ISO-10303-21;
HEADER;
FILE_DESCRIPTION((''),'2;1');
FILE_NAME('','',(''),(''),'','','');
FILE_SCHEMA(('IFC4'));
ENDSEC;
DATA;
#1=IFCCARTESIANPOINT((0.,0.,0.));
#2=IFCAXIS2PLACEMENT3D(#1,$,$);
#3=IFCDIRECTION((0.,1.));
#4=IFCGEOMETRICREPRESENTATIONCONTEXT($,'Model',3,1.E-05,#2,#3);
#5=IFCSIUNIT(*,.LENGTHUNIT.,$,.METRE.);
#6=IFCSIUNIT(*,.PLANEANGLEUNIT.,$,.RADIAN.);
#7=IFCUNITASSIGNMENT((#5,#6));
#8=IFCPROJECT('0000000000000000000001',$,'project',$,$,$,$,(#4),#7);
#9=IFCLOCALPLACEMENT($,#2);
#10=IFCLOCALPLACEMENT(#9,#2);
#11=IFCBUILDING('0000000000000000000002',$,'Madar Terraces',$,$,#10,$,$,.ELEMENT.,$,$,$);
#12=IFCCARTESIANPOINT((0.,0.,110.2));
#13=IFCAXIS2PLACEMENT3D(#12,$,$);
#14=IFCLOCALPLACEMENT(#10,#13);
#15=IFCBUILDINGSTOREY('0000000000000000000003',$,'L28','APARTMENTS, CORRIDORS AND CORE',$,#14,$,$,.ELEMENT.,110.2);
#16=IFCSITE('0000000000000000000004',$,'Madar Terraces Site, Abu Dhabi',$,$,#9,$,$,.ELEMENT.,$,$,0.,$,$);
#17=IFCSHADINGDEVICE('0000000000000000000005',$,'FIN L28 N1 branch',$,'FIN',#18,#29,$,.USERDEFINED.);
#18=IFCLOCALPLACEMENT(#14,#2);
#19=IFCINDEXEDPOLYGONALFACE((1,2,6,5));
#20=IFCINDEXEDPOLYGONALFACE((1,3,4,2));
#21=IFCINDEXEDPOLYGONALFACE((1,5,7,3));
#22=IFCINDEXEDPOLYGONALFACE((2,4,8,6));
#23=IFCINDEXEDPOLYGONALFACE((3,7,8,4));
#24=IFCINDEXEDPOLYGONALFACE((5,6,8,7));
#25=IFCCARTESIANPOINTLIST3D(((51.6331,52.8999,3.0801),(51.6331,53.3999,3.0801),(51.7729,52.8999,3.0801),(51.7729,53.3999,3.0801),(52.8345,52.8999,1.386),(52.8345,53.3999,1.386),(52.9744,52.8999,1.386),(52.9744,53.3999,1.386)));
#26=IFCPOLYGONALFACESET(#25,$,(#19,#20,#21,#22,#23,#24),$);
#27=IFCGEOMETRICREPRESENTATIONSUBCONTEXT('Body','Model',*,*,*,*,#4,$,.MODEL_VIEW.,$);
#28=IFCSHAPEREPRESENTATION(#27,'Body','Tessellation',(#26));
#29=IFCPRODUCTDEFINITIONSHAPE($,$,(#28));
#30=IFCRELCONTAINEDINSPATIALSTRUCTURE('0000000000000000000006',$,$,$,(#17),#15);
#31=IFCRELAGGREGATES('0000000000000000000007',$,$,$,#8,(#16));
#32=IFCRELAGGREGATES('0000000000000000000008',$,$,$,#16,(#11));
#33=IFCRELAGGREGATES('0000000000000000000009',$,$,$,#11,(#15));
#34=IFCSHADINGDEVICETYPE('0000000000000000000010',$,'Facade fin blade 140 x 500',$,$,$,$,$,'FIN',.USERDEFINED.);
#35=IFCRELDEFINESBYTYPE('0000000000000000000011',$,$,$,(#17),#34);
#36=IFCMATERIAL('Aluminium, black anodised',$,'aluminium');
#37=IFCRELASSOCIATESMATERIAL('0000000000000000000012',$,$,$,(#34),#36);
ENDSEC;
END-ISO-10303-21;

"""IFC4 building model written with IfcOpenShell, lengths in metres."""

from ifc_helpers import new_model, si_unit, direction, frame, origin, place, context, subcontext, project, spatial, polyline, outline, extrude, material, type_object, element, save


model = new_model("IFC4")

# Units and contexts
model_context = context("Model", 3, precision=1e-05, world=origin(), true_north=direction((0.0, 1.0)))
body_context = subcontext(model_context, "Body", "Model", "MODEL_VIEW")
ifc_project = project(units=[si_unit("LENGTHUNIT", "METRE"), si_unit("PLANEANGLEUNIT", "RADIAN")], contexts=[model_context])

# Site, building, storey
site_placement = place(None, origin())
site = spatial("IfcSite", under=ifc_project, at=site_placement, Name="Madar Terraces Site, Abu Dhabi", CompositionType="ELEMENT", RefElevation=0.0)
building_placement = place(site_placement, origin())
building = spatial("IfcBuilding", under=site, at=building_placement, Name="Madar Terraces", CompositionType="ELEMENT")
storey_placement = place(building_placement, frame((0.0, 0.0, 110.2)))
storey = spatial("IfcBuildingStorey", under=building, at=storey_placement, Name="L28", Description="APARTMENTS, CORRIDORS AND CORE", CompositionType="ELEMENT", Elevation=110.2)

# Shading device
ifc_material_1 = material(Name="Aluminium, black anodised", Category="aluminium")
shading_device_type = type_object("IfcShadingDeviceType", Name="Facade fin blade 140 x 500", ElementType="FIN", PredefinedType="USERDEFINED", material=ifc_material_1)
shading_device_placement = place(storey_placement, frame((52.9744, 53.1499, 1.386), z_axis=(0.0, 0.0, 1.0), x_axis=(-1.0, 0.0, 0.0)))
element("IfcShadingDevice", 1, at=shading_device_placement, inside=storey, type_object=shading_device_type, Name="FIN L28 N1 branch", ObjectType="FIN", PredefinedType="USERDEFINED", context=body_context, shape_type="SweptSolid", body=[
    extrude(outline(polyline([(0.0, 0.0), (0.1399, 0.0), (1.3413, 1.6941), (1.2014, 1.6941), (0.0, 0.0)])), frame((0.0, 0.25, 0.0), z_axis=(0.0, -1.0, 0.0), x_axis=(1.0, 0.0, 0.0)), (0.0, 0.0, 1.0), 0.5),
])

save(model, "model.ifc")
